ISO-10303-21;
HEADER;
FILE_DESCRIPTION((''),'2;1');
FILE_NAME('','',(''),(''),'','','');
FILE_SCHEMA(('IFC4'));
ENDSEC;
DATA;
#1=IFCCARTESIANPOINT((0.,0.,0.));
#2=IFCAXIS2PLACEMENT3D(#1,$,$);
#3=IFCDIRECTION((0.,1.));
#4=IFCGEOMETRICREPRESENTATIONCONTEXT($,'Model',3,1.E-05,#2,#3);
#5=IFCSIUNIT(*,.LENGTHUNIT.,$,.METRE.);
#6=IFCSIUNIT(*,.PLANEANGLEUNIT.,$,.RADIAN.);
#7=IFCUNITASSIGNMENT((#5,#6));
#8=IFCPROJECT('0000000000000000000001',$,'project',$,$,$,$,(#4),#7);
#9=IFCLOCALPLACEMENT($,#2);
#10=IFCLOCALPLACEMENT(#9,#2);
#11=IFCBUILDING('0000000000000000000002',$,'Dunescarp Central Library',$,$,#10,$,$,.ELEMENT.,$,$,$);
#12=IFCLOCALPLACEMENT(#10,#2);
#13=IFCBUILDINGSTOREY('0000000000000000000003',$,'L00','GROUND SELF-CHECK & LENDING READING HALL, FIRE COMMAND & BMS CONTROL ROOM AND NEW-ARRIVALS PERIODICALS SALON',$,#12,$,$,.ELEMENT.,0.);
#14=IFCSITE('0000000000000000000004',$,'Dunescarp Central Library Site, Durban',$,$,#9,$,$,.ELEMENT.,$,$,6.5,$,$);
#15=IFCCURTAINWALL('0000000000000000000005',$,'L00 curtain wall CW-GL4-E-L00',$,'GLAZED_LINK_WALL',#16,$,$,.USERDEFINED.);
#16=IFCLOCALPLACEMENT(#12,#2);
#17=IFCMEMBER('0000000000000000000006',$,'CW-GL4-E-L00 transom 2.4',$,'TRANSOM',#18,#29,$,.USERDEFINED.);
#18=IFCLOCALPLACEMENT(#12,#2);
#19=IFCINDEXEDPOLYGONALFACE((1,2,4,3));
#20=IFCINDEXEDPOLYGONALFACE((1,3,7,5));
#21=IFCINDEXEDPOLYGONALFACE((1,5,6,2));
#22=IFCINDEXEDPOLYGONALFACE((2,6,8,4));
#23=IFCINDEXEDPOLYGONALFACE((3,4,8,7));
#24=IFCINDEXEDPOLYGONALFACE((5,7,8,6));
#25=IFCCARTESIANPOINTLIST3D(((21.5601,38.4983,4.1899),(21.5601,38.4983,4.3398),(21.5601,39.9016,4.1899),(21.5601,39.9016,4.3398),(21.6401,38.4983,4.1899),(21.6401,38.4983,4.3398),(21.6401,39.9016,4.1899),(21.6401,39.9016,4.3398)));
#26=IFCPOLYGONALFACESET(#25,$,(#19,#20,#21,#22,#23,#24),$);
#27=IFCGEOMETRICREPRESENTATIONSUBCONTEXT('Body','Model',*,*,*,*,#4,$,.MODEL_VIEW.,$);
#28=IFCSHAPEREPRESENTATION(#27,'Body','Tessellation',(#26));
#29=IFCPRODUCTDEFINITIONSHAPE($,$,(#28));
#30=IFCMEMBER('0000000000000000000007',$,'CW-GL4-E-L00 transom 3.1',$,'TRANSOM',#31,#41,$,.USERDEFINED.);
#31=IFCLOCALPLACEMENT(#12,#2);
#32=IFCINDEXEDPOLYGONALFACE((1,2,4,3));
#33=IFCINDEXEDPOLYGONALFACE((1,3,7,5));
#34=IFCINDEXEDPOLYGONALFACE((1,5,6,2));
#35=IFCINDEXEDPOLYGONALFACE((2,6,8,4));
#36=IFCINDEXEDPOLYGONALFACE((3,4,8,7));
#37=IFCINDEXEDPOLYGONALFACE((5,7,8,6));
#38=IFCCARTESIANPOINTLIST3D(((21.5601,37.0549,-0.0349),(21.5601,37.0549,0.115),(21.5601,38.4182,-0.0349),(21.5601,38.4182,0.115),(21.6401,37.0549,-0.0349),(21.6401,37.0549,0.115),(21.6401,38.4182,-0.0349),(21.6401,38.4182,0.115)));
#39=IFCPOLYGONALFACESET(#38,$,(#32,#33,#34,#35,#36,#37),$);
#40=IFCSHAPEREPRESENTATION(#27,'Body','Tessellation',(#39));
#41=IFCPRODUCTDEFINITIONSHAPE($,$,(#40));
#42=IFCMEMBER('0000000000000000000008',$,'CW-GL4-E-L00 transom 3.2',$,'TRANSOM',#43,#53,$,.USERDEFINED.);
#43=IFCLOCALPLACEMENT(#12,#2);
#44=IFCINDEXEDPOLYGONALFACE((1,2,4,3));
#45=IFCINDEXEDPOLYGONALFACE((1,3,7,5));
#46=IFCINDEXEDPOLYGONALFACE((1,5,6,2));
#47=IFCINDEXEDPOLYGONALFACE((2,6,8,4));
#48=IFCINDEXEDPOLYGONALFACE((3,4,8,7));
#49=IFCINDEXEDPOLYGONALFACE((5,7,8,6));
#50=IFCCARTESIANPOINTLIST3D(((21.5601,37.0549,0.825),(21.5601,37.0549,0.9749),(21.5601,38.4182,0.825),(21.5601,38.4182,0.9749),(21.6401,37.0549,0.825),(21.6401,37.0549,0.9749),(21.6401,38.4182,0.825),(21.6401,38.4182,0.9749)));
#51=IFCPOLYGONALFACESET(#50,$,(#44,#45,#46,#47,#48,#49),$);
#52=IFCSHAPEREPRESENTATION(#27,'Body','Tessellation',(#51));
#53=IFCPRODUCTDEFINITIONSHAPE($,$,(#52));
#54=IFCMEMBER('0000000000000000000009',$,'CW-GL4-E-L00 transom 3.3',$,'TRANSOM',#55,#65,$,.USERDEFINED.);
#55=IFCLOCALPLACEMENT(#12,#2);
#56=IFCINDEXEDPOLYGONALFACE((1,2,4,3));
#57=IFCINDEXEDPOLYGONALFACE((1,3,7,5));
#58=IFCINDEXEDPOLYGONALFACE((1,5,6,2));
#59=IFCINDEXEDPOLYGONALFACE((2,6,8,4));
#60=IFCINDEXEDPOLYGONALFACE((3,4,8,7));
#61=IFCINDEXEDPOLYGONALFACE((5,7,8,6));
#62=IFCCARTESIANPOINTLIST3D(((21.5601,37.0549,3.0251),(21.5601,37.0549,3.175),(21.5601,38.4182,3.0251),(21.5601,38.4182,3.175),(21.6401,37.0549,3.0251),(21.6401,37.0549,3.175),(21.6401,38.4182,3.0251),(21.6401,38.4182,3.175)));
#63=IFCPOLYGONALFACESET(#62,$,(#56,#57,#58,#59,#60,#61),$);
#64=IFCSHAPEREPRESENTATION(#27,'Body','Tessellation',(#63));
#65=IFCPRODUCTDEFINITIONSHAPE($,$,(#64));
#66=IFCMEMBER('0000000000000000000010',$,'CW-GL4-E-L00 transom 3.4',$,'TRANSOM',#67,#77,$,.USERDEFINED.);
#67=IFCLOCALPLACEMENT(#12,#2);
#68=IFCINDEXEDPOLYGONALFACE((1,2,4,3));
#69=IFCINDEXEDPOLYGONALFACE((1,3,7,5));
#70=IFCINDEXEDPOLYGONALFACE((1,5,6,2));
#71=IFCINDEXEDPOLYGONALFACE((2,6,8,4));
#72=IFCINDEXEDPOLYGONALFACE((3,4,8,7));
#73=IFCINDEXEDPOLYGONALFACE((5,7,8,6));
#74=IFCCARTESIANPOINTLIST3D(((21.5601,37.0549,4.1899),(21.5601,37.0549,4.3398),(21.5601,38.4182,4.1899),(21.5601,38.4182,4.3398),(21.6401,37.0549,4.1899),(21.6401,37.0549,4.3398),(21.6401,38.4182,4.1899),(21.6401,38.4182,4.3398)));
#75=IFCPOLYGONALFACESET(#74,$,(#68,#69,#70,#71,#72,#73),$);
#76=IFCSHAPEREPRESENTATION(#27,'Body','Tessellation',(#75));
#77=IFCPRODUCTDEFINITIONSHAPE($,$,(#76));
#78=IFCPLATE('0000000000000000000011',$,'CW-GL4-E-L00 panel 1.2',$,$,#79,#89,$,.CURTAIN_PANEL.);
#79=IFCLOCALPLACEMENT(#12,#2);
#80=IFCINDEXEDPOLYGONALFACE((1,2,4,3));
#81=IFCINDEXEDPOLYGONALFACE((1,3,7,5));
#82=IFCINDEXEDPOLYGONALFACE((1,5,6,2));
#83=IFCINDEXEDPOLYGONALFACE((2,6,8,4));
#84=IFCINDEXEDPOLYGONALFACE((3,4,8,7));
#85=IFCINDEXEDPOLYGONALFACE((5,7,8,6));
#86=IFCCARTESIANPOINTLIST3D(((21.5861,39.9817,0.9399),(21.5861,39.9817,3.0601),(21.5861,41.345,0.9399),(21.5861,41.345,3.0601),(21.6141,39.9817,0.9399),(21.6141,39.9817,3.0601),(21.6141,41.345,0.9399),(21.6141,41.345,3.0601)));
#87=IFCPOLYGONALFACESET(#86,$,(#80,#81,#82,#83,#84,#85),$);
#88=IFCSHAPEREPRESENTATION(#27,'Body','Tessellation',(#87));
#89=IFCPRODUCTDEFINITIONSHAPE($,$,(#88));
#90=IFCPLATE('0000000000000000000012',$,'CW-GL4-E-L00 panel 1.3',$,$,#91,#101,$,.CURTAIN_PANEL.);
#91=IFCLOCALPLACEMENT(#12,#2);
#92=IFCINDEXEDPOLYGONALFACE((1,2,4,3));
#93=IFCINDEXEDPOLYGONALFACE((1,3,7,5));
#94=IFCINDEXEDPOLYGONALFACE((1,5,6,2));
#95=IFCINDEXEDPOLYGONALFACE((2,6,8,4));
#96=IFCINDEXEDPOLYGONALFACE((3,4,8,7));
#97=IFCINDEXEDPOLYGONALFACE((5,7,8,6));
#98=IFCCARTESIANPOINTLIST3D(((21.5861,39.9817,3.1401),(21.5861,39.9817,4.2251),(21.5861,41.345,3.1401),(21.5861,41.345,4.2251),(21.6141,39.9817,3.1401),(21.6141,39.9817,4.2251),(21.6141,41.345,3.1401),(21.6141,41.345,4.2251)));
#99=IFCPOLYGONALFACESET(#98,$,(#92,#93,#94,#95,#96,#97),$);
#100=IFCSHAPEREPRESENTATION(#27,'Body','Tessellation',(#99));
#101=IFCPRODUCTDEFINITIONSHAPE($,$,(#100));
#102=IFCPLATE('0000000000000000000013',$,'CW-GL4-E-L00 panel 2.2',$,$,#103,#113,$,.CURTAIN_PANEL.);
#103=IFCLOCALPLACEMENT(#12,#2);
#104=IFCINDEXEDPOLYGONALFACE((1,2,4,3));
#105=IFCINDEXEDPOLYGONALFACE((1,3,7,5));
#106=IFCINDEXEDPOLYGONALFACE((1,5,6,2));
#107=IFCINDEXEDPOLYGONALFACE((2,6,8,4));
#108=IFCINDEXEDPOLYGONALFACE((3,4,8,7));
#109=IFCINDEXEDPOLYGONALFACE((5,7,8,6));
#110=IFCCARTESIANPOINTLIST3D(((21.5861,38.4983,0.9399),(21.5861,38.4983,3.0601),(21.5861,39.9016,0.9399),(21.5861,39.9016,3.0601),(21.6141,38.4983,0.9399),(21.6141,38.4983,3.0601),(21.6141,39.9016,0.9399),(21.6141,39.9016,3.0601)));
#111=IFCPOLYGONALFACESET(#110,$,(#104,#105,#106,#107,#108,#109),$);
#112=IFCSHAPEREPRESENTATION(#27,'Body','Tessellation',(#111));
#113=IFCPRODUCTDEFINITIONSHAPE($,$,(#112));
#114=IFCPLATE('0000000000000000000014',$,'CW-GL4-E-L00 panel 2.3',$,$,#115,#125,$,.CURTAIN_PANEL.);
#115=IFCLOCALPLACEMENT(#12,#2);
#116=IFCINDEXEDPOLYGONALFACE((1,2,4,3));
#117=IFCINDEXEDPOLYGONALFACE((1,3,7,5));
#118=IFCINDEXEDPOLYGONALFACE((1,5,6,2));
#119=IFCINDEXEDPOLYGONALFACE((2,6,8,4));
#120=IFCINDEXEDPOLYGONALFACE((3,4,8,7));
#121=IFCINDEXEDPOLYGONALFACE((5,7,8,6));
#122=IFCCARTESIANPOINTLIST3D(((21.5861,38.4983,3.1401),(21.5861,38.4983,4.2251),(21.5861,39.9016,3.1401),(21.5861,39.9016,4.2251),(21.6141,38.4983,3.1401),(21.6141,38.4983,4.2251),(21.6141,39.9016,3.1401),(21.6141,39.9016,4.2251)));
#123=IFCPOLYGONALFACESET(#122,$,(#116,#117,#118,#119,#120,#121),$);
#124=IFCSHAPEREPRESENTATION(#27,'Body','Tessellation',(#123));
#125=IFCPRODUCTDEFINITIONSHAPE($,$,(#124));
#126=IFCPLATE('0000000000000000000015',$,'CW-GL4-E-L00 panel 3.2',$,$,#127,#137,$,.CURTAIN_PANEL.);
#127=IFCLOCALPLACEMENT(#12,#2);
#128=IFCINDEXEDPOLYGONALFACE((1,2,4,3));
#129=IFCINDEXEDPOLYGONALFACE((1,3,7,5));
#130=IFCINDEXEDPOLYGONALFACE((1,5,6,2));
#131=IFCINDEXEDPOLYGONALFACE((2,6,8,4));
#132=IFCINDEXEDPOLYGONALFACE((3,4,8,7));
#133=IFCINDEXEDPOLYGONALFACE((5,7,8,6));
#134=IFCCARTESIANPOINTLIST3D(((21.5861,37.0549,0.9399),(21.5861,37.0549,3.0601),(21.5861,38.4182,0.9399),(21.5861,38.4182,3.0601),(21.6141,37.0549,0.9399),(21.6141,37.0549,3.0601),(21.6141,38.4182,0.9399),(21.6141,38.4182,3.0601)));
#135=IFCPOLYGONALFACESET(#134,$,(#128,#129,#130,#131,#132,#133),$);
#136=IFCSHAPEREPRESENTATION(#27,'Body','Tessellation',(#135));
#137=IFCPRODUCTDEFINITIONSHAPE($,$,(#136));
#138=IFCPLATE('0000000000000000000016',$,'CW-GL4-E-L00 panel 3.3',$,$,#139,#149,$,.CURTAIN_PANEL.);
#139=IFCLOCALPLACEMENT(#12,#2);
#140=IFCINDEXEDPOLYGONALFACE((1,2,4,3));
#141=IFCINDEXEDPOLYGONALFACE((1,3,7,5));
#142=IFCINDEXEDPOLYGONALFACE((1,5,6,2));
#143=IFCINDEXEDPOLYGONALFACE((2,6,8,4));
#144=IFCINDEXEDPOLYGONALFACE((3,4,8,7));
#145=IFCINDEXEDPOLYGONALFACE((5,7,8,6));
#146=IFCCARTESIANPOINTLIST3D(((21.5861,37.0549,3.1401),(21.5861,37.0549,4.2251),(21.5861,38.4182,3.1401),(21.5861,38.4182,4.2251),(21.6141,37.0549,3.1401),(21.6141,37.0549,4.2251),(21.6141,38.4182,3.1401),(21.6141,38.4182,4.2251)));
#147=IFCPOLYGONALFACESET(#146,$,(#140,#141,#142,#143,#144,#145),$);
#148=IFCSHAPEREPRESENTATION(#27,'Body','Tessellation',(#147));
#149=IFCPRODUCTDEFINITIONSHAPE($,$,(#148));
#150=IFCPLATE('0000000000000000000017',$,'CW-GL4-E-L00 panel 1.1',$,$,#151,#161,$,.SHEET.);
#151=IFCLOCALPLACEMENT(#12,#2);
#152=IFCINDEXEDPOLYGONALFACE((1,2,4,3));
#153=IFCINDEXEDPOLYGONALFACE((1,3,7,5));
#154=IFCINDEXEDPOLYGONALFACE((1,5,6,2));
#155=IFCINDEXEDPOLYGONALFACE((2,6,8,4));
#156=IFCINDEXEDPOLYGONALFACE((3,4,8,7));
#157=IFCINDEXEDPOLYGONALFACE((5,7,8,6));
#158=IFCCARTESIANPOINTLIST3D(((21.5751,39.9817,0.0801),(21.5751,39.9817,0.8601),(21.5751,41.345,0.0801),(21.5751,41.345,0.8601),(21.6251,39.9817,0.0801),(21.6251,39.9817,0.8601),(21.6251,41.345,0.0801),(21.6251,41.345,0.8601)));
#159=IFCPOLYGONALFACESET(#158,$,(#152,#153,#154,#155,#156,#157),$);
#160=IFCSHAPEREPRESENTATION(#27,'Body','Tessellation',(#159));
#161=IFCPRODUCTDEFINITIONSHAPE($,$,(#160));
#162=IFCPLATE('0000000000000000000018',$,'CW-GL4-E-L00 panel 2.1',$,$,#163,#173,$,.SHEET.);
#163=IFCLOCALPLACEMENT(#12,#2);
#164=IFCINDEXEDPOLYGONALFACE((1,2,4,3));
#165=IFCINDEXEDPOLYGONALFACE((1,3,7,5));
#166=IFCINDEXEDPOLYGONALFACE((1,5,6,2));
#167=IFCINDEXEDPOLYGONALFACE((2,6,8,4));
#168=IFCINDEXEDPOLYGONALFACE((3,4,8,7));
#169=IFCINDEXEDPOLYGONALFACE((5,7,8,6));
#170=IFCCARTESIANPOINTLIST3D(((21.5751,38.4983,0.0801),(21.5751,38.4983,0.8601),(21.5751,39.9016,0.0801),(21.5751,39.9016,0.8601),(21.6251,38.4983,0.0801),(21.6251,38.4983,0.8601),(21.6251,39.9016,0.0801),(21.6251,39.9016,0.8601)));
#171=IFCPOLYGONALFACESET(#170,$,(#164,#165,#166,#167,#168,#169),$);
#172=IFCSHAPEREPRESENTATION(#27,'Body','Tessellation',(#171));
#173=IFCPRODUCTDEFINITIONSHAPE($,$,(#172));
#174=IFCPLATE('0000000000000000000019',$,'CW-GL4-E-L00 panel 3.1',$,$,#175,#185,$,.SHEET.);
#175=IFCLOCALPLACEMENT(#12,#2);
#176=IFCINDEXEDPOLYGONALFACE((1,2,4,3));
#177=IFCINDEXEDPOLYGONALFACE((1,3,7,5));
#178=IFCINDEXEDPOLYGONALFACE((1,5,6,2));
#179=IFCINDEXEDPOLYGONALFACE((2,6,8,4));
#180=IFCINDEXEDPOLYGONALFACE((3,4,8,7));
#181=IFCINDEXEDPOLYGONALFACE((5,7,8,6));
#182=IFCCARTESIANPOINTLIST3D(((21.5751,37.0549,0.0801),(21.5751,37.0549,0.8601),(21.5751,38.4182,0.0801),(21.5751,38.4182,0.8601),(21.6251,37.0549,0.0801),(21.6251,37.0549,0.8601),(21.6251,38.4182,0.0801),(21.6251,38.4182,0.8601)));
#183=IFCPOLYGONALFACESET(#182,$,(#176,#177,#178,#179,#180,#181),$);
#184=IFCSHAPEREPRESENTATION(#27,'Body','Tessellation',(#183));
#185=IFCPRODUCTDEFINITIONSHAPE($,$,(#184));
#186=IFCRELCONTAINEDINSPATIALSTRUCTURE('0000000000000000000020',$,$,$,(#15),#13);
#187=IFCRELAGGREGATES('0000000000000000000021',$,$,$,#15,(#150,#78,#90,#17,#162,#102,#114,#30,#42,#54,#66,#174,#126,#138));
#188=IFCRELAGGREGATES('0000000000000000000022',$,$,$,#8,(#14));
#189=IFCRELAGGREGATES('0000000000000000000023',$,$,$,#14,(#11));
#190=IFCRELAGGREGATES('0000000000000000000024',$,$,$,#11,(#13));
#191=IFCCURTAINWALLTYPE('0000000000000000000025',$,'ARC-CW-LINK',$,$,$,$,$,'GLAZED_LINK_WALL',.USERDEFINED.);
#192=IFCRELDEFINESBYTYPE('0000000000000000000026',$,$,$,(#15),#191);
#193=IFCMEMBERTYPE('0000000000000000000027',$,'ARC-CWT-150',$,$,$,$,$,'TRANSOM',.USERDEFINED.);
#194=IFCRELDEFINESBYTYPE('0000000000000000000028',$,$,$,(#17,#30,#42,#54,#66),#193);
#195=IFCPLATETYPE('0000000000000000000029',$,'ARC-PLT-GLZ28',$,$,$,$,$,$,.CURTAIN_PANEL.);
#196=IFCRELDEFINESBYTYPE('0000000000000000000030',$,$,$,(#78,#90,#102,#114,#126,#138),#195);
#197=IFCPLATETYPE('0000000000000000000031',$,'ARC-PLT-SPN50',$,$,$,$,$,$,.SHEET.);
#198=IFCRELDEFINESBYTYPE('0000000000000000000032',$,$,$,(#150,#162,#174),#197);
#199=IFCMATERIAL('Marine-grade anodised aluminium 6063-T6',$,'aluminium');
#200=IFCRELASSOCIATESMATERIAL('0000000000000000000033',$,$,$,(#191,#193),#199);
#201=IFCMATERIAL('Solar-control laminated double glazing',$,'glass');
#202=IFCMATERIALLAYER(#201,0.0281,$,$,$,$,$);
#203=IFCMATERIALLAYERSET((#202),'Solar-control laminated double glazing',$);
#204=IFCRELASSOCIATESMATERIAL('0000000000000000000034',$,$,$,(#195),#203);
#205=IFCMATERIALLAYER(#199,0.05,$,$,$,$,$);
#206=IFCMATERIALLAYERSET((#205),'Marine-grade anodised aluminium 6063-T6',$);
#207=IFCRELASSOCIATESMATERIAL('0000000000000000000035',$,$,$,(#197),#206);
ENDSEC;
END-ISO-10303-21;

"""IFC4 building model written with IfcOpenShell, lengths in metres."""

from ifc_helpers import new_model, si_unit, direction, frame, origin, origin_2d, place, context, subcontext, project, spatial, rectangle, extrude, material, layer, layer_set, material_profile, profile_set, type_object, element, aggregate, save


model = new_model("IFC4")

# Units and contexts
model_context = context("Model", 3, precision=1e-05, world=origin(), true_north=direction((0.0, 1.0)))
body_context = subcontext(model_context, "Body", "Model", "MODEL_VIEW")
ifc_project = project(units=[si_unit("LENGTHUNIT", "METRE"), si_unit("PLANEANGLEUNIT", "RADIAN")], contexts=[model_context])

# Site, building, storey
site_placement = place(None, origin())
site = spatial("IfcSite", under=ifc_project, at=site_placement, Name="Dunescarp Central Library Site, Durban", CompositionType="ELEMENT", RefElevation=6.5)
building_placement = place(site_placement, origin())
building = spatial("IfcBuilding", under=site, at=building_placement, Name="Dunescarp Central Library", CompositionType="ELEMENT")
storey_placement = place(building_placement, origin())
storey = spatial("IfcBuildingStorey", under=building, at=storey_placement, Name="L00", Description="GROUND SELF-CHECK & LENDING READING HALL, FIRE COMMAND & BMS CONTROL ROOM AND NEW-ARRIVALS PERIODICALS SALON", CompositionType="ELEMENT", Elevation=0.0)

# Curtain wall, members, plates
ifc_material_1 = material(Name="Marine-grade anodised aluminium 6063-T6", Category="aluminium")
curtain_wall_type = type_object("IfcCurtainWallType", Name="ARC-CW-LINK", ElementType="GLAZED_LINK_WALL", PredefinedType="USERDEFINED", material=ifc_material_1)
curtain_wall_placement = place(storey_placement, origin())
curtain_wall = element("IfcCurtainWall", 1, at=curtain_wall_placement, inside=storey, type_object=curtain_wall_type, Name="L00 curtain wall CW-GL4-E-L00", ObjectType="GLAZED_LINK_WALL", PredefinedType="USERDEFINED")
ifc_material_profile_1 = material_profile(ifc_material_1, rectangle(XDim=0.0801, YDim=0.1499, at=origin_2d()), Name="AL 80x150")
ifc_profile_set_1 = profile_set([ifc_material_profile_1], Name="Marine-grade anodised aluminium 6063-T6")
member_type_1 = type_object("IfcMemberType", Name="ARC-CWT-150", ElementType="TRANSOM", PredefinedType="USERDEFINED", material=ifc_profile_set_1)
member_1_placement = place(storey_placement, frame((21.6001, 39.9016, 4.2649), z_axis=(0.0, -1.0, 0.0), x_axis=(1.0, 0.0, 0.0)))
member_1 = element("IfcMember", 2, at=member_1_placement, type_object=member_type_1, Name="CW-GL4-E-L00 transom 2.4", ObjectType="TRANSOM", PredefinedType="USERDEFINED", context=body_context, shape_type="SweptSolid", body=[
    extrude(rectangle(XDim=0.0801, YDim=0.1499, at=origin_2d()), origin(), (0.0, 0.0, 1.0), 1.4033),
])
member_2_placement = place(storey_placement, frame((21.6001, 38.4182, 0.04), z_axis=(0.0, -1.0, 0.0), x_axis=(1.0, 0.0, 0.0)))
member_2 = element("IfcMember", 3, at=member_2_placement, type_object=member_type_1, Name="CW-GL4-E-L00 transom 3.1", ObjectType="TRANSOM", PredefinedType="USERDEFINED", context=body_context, shape_type="SweptSolid", body=[
    extrude(rectangle(XDim=0.0801, YDim=0.1499, at=origin_2d()), origin(), (0.0, 0.0, 1.0), 1.3633),
])
member_3_placement = place(storey_placement, frame((21.6001, 38.4182, 0.8999), z_axis=(0.0, -1.0, 0.0), x_axis=(1.0, 0.0, 0.0)))
member_3 = element("IfcMember", 4, at=member_3_placement, type_object=member_type_1, Name="CW-GL4-E-L00 transom 3.2", ObjectType="TRANSOM", PredefinedType="USERDEFINED", context=body_context, shape_type="SweptSolid", body=[
    extrude(rectangle(XDim=0.0801, YDim=0.1499, at=origin_2d()), origin(), (0.0, 0.0, 1.0), 1.3633),
])
member_4_placement = place(storey_placement, frame((21.6001, 38.4182, 3.1001), z_axis=(0.0, -1.0, 0.0), x_axis=(1.0, 0.0, 0.0)))
member_4 = element("IfcMember", 5, at=member_4_placement, type_object=member_type_1, Name="CW-GL4-E-L00 transom 3.3", ObjectType="TRANSOM", PredefinedType="USERDEFINED", context=body_context, shape_type="SweptSolid", body=[
    extrude(rectangle(XDim=0.0801, YDim=0.1499, at=origin_2d()), origin(), (0.0, 0.0, 1.0), 1.3633),
])
member_5_placement = place(storey_placement, frame((21.6001, 38.4182, 4.2649), z_axis=(0.0, -1.0, 0.0), x_axis=(1.0, 0.0, 0.0)))
member_5 = element("IfcMember", 6, at=member_5_placement, type_object=member_type_1, Name="CW-GL4-E-L00 transom 3.4", ObjectType="TRANSOM", PredefinedType="USERDEFINED", context=body_context, shape_type="SweptSolid", body=[
    extrude(rectangle(XDim=0.0801, YDim=0.1499, at=origin_2d()), origin(), (0.0, 0.0, 1.0), 1.3633),
])
ifc_material_2 = material(Name="Solar-control laminated double glazing", Category="glass")
ifc_layer_1 = layer(ifc_material_2, 0.0281)
ifc_layer_set_1 = layer_set([ifc_layer_1], Name="Solar-control laminated double glazing")
plate_type_1 = type_object("IfcPlateType", Name="ARC-PLT-GLZ28", PredefinedType="CURTAIN_PANEL", material=ifc_layer_set_1)
plate_1_placement = place(storey_placement, frame((21.6001, 40.6633, 0.9399), z_axis=(0.0, 0.0, 1.0), x_axis=(0.0, -1.0, 0.0)))
plate_1 = element("IfcPlate", 7, at=plate_1_placement, type_object=plate_type_1, Name="CW-GL4-E-L00 panel 1.2", PredefinedType="CURTAIN_PANEL", context=body_context, shape_type="SweptSolid", body=[
    extrude(rectangle(XDim=1.3633, YDim=0.0281, at=origin_2d()), origin(), (0.0, 0.0, 1.0), 2.1201),
])
plate_2_placement = place(storey_placement, frame((21.6001, 40.6633, 3.1401), z_axis=(0.0, 0.0, 1.0), x_axis=(0.0, -1.0, 0.0)))
plate_2 = element("IfcPlate", 8, at=plate_2_placement, type_object=plate_type_1, Name="CW-GL4-E-L00 panel 1.3", PredefinedType="CURTAIN_PANEL", context=body_context, shape_type="SweptSolid", body=[
    extrude(rectangle(XDim=1.3633, YDim=0.0281, at=origin_2d()), origin(), (0.0, 0.0, 1.0), 1.085),
])
plate_3_placement = place(storey_placement, frame((21.6001, 39.2, 0.9399), z_axis=(0.0, 0.0, 1.0), x_axis=(0.0, -1.0, 0.0)))
plate_3 = element("IfcPlate", 9, at=plate_3_placement, type_object=plate_type_1, Name="CW-GL4-E-L00 panel 2.2", PredefinedType="CURTAIN_PANEL", context=body_context, shape_type="SweptSolid", body=[
    extrude(rectangle(XDim=1.4033, YDim=0.0281, at=origin_2d()), origin(), (0.0, 0.0, 1.0), 2.1201),
])
plate_4_placement = place(storey_placement, frame((21.6001, 39.2, 3.1401), z_axis=(0.0, 0.0, 1.0), x_axis=(0.0, -1.0, 0.0)))
plate_4 = element("IfcPlate", 10, at=plate_4_placement, type_object=plate_type_1, Name="CW-GL4-E-L00 panel 2.3", PredefinedType="CURTAIN_PANEL", context=body_context, shape_type="SweptSolid", body=[
    extrude(rectangle(XDim=1.4033, YDim=0.0281, at=origin_2d()), origin(), (0.0, 0.0, 1.0), 1.085),
])
plate_5_placement = place(storey_placement, frame((21.6001, 37.7366, 0.9399), z_axis=(0.0, 0.0, 1.0), x_axis=(0.0, -1.0, 0.0)))
plate_5 = element("IfcPlate", 11, at=plate_5_placement, type_object=plate_type_1, Name="CW-GL4-E-L00 panel 3.2", PredefinedType="CURTAIN_PANEL", context=body_context, shape_type="SweptSolid", body=[
    extrude(rectangle(XDim=1.3633, YDim=0.0281, at=origin_2d()), origin(), (0.0, 0.0, 1.0), 2.1201),
])
plate_6_placement = place(storey_placement, frame((21.6001, 37.7366, 3.1401), z_axis=(0.0, 0.0, 1.0), x_axis=(0.0, -1.0, 0.0)))
plate_6 = element("IfcPlate", 12, at=plate_6_placement, type_object=plate_type_1, Name="CW-GL4-E-L00 panel 3.3", PredefinedType="CURTAIN_PANEL", context=body_context, shape_type="SweptSolid", body=[
    extrude(rectangle(XDim=1.3633, YDim=0.0281, at=origin_2d()), origin(), (0.0, 0.0, 1.0), 1.085),
])
ifc_layer_2 = layer(ifc_material_1, 0.05)
ifc_layer_set_2 = layer_set([ifc_layer_2], Name="Marine-grade anodised aluminium 6063-T6")
plate_type_2 = type_object("IfcPlateType", Name="ARC-PLT-SPN50", PredefinedType="SHEET", material=ifc_layer_set_2)
plate_7_placement = place(storey_placement, frame((21.6001, 40.6633, 0.0801), z_axis=(0.0, 0.0, 1.0), x_axis=(0.0, -1.0, 0.0)))
plate_7 = element("IfcPlate", 13, at=plate_7_placement, type_object=plate_type_2, Name="CW-GL4-E-L00 panel 1.1", PredefinedType="SHEET", context=body_context, shape_type="SweptSolid", body=[
    extrude(rectangle(XDim=1.3633, YDim=0.05, at=origin_2d()), origin(), (0.0, 0.0, 1.0), 0.78),
])
plate_8_placement = place(storey_placement, frame((21.6001, 39.2, 0.0801), z_axis=(0.0, 0.0, 1.0), x_axis=(0.0, -1.0, 0.0)))
plate_8 = element("IfcPlate", 14, at=plate_8_placement, type_object=plate_type_2, Name="CW-GL4-E-L00 panel 2.1", PredefinedType="SHEET", context=body_context, shape_type="SweptSolid", body=[
    extrude(rectangle(XDim=1.4033, YDim=0.05, at=origin_2d()), origin(), (0.0, 0.0, 1.0), 0.78),
])
plate_9_placement = place(storey_placement, frame((21.6001, 37.7366, 0.0801), z_axis=(0.0, 0.0, 1.0), x_axis=(0.0, -1.0, 0.0)))
plate_9 = element("IfcPlate", 15, at=plate_9_placement, type_object=plate_type_2, Name="CW-GL4-E-L00 panel 3.1", PredefinedType="SHEET", context=body_context, shape_type="SweptSolid", body=[
    extrude(rectangle(XDim=1.3633, YDim=0.05, at=origin_2d()), origin(), (0.0, 0.0, 1.0), 0.78),
])
aggregate(curtain_wall, [plate_7, plate_1, plate_2, member_1, plate_8, plate_3, plate_4, member_2, member_3, member_4, member_5, plate_9, plate_5, plate_6])

save(model, "model.ifc")
